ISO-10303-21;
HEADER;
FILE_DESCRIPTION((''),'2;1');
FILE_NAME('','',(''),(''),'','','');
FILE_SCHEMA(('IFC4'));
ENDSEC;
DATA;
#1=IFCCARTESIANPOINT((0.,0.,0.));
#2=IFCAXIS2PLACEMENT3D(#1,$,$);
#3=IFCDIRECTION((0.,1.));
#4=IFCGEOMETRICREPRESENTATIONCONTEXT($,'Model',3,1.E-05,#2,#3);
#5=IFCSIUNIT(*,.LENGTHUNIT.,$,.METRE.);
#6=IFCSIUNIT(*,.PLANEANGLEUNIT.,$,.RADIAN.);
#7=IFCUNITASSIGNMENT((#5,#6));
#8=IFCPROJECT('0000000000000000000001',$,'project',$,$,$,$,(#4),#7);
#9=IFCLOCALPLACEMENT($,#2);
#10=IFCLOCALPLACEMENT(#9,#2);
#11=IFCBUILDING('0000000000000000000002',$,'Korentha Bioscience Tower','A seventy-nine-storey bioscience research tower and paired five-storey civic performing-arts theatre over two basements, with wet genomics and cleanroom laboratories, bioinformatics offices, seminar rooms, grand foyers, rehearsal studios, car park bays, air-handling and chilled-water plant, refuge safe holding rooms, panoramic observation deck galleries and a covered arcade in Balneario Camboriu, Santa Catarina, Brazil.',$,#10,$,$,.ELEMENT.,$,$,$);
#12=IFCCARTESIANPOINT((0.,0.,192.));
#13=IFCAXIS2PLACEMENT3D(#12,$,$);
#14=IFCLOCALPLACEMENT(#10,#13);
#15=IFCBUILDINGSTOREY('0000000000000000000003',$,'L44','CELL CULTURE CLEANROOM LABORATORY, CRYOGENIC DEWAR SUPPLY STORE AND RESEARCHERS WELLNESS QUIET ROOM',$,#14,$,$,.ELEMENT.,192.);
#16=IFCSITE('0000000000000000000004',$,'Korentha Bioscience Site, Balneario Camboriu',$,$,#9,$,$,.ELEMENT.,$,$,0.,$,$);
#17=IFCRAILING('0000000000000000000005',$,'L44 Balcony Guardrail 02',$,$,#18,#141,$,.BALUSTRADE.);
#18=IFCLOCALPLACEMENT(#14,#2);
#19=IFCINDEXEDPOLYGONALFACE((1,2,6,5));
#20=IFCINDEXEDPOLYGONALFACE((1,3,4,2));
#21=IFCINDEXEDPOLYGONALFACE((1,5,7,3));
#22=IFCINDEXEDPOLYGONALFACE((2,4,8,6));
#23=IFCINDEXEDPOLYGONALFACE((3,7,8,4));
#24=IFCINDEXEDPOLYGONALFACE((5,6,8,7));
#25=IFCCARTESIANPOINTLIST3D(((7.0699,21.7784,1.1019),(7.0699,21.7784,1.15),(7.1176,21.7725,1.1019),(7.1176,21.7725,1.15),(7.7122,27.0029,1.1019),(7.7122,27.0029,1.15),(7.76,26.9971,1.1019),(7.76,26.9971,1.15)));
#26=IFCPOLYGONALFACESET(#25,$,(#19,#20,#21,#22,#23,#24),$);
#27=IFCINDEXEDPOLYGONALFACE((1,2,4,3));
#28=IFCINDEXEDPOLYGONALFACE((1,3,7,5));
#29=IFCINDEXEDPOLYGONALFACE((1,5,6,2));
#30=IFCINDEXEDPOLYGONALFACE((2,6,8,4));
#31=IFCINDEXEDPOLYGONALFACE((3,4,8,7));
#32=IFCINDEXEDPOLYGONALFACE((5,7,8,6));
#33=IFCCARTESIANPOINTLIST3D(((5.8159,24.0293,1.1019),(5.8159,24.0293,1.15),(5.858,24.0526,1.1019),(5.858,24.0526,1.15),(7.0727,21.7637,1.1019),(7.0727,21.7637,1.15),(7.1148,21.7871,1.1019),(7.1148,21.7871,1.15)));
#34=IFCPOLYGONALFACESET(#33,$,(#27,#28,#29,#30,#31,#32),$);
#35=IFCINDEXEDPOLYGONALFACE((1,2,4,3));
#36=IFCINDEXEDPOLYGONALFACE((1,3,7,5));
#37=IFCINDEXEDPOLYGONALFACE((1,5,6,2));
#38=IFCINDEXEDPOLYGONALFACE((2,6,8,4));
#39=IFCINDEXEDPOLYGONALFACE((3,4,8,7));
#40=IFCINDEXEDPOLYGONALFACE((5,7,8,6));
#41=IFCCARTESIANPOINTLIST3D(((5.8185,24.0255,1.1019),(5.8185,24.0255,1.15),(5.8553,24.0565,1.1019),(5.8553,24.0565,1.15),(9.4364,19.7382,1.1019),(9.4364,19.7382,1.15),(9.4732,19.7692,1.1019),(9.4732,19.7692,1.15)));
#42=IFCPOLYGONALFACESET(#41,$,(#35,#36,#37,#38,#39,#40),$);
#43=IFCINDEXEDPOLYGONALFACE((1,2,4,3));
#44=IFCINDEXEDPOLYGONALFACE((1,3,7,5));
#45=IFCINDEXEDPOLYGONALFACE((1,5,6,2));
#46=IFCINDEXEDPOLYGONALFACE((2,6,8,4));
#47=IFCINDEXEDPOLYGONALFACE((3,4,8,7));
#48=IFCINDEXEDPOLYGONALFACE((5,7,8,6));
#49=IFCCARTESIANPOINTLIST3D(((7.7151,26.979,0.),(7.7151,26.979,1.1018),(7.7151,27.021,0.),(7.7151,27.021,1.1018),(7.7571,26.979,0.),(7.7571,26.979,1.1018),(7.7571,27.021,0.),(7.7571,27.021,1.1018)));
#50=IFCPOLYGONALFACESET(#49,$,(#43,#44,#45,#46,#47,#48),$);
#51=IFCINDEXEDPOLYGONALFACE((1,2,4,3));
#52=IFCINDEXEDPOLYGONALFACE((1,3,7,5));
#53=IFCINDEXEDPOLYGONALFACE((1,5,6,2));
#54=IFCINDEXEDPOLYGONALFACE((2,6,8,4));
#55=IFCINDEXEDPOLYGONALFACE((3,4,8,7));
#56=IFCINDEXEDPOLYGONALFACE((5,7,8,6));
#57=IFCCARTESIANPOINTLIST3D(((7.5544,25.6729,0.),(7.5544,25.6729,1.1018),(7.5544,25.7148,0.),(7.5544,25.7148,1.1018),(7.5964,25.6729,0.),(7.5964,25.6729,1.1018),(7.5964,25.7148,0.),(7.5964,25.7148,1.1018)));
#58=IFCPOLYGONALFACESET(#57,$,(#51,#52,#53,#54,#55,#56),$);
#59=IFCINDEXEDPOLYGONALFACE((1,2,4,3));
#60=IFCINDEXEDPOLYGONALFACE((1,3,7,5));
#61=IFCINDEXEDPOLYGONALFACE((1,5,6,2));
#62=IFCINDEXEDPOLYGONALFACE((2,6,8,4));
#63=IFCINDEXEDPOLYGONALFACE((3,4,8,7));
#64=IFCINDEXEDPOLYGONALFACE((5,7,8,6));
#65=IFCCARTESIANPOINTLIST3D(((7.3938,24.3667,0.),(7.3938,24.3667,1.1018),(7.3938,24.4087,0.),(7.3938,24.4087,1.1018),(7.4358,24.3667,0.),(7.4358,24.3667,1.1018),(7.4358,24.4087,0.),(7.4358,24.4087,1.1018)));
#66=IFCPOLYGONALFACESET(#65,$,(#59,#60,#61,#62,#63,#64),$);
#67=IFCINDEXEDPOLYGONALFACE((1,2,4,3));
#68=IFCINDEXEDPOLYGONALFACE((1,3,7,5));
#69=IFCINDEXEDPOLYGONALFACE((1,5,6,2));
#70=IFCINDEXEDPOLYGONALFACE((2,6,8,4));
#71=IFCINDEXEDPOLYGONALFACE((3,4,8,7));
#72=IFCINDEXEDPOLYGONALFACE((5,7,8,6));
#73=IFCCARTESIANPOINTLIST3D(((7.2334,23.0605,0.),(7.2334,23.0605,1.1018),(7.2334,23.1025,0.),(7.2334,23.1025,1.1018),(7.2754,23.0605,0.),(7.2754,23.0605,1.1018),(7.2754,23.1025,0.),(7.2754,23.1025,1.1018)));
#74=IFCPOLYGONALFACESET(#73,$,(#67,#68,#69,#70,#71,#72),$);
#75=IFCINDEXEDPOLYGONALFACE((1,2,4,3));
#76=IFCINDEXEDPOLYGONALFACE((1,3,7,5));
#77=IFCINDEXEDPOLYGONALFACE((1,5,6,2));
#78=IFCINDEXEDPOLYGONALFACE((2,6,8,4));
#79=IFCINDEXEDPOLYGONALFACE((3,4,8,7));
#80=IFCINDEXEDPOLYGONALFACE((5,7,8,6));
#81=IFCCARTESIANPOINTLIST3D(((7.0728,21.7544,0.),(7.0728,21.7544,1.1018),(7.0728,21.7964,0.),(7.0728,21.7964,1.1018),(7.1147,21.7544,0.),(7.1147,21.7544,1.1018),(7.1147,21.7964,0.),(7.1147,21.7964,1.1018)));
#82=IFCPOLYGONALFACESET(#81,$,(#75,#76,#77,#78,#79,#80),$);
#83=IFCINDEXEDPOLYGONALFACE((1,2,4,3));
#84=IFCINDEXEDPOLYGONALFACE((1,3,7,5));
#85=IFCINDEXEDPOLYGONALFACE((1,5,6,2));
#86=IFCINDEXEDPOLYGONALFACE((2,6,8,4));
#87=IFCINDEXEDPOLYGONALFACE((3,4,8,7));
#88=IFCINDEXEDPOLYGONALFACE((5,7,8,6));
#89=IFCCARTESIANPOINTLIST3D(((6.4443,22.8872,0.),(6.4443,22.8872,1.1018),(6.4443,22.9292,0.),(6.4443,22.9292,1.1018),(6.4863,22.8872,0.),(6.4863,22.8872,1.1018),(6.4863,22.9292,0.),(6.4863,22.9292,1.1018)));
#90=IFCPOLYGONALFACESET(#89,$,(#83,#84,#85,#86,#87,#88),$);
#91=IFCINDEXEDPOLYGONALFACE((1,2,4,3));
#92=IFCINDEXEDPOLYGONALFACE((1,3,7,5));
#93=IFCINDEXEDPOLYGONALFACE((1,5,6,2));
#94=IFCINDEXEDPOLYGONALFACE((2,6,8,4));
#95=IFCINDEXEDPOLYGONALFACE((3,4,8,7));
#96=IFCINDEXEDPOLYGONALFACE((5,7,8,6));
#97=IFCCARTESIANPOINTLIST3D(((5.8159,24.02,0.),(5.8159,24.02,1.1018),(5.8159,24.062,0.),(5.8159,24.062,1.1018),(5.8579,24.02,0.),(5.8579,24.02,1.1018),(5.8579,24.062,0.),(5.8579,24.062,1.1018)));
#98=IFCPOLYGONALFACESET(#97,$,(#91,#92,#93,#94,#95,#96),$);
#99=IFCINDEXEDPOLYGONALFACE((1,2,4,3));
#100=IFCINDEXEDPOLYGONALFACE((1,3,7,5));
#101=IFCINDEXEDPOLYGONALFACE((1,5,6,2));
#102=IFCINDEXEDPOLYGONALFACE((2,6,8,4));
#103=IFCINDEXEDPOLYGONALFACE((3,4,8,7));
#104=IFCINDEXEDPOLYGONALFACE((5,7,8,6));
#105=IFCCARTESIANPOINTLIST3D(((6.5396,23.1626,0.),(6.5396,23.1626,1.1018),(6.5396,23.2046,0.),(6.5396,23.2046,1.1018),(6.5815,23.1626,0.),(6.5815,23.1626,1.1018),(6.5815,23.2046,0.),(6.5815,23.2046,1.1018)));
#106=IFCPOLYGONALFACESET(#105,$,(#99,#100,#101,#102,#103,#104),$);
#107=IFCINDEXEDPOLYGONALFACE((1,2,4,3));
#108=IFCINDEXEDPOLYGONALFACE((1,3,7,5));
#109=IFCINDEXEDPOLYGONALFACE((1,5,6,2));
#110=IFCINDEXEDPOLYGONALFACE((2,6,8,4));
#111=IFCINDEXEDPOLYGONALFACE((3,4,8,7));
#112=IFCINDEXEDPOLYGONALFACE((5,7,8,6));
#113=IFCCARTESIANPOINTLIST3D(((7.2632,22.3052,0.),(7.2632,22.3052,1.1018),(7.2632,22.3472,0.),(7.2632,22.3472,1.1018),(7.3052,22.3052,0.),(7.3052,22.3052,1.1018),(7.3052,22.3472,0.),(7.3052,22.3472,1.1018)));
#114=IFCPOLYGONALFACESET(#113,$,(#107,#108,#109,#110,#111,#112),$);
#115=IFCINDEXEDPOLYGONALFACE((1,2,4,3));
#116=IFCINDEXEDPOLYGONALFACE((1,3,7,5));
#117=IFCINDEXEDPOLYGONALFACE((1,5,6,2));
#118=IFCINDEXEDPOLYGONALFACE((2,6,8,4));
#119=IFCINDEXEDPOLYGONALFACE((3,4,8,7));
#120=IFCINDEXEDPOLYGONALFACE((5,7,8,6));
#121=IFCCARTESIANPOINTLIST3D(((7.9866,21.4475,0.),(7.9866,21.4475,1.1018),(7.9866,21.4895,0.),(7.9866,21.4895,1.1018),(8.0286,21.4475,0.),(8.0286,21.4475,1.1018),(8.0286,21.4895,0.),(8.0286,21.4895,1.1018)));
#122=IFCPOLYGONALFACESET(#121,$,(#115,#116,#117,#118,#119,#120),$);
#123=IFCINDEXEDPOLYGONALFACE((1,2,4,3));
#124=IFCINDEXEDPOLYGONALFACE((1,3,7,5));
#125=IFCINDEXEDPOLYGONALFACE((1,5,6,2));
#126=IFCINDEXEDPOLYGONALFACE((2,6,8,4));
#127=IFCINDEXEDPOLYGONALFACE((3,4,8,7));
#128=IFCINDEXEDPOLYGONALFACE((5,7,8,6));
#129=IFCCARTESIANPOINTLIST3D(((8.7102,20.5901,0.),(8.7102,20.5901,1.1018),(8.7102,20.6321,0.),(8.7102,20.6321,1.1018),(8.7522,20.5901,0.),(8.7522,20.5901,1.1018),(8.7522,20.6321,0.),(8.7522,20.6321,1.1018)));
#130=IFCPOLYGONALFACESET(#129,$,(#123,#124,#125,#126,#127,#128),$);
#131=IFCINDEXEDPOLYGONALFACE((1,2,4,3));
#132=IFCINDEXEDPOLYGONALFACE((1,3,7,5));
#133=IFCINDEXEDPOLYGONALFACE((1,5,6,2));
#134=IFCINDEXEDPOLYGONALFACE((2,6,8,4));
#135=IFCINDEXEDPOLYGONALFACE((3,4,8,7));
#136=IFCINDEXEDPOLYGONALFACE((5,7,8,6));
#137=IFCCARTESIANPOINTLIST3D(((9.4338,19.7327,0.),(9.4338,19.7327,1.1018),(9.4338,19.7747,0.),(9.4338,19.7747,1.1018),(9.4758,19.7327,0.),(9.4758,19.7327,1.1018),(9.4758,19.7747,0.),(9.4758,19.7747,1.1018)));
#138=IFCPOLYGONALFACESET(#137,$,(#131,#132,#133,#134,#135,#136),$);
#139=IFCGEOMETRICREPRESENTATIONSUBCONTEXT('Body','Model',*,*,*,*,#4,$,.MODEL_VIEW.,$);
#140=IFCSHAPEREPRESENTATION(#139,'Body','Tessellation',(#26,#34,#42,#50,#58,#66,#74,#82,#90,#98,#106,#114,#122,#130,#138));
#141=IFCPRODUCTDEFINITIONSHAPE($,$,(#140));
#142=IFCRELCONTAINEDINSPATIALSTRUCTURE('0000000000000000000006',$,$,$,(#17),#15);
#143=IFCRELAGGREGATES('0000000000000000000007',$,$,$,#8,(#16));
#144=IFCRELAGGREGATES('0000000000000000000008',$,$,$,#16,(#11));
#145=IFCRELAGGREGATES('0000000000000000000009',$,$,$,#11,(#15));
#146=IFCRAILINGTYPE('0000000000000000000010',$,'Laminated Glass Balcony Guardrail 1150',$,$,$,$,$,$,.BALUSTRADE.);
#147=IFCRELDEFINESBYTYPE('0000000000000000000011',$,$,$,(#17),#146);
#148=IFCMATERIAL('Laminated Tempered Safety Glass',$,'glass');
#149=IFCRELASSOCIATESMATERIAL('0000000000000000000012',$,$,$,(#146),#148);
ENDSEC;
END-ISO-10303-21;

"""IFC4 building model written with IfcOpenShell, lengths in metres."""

from ifc_helpers import new_model, si_unit, direction, frame, origin, origin_2d, place, context, subcontext, project, spatial, rectangle, extrude, material, type_object, element, save


model = new_model("IFC4")

# Units and contexts
model_context = context("Model", 3, precision=1e-05, world=origin(), true_north=direction((0.0, 1.0)))
body_context = subcontext(model_context, "Body", "Model", "MODEL_VIEW")
ifc_project = project(units=[si_unit("LENGTHUNIT", "METRE"), si_unit("PLANEANGLEUNIT", "RADIAN")], contexts=[model_context])

# Site, building, storey
site_placement = place(None, origin())
site = spatial("IfcSite", under=ifc_project, at=site_placement, Name="Korentha Bioscience Site, Balneario Camboriu", CompositionType="ELEMENT", RefElevation=0.0)
building_placement = place(site_placement, origin())
building = spatial("IfcBuilding", under=site, at=building_placement, Name="Korentha Bioscience Tower", Description="A seventy-nine-storey bioscience research tower and paired five-storey civic performing-arts theatre over two basements, with wet genomics and cleanroom laboratories, bioinformatics offices, seminar rooms, grand foyers, rehearsal studios, car park bays, air-handling and chilled-water plant, refuge safe holding rooms, panoramic observation deck galleries and a covered arcade in Balneario Camboriu, Santa Catarina, Brazil.", CompositionType="ELEMENT")
storey_placement = place(building_placement, frame((0.0, 0.0, 192.0)))
storey = spatial("IfcBuildingStorey", under=building, at=storey_placement, Name="L44", Description="CELL CULTURE CLEANROOM LABORATORY, CRYOGENIC DEWAR SUPPLY STORE AND RESEARCHERS WELLNESS QUIET ROOM", CompositionType="ELEMENT", Elevation=192.0)

# Railing
ifc_material_1 = material(Name="Laminated Tempered Safety Glass", Category="glass")
railing_type = type_object("IfcRailingType", Name="Laminated Glass Balcony Guardrail 1150", PredefinedType="BALUSTRADE", material=ifc_material_1)
railing_placement = place(storey_placement, frame((7.7361, 27.0, 0.0)))
element("IfcRailing", 1, at=railing_placement, inside=storey, type_object=railing_type, Name="L44 Balcony Guardrail 02", PredefinedType="BALUSTRADE", context=body_context, shape_type="SweptSolid", body=[
    extrude(rectangle(XDim=0.0481, YDim=0.0481, at=origin_2d()), frame((0.0, 0.0, 1.126), z_axis=(-0.122025, -0.992527, 0.0), x_axis=(0.992527, -0.122025, 0.0)), (0.0, 0.0, 1.0), 5.2639),
    extrude(rectangle(XDim=0.0481, YDim=0.0481, at=origin_2d()), frame((-0.6423, -5.2246, 1.126), z_axis=(-0.485099, 0.874459, 0.0), x_axis=(-0.874459, -0.485099, 0.0)), (0.0, 0.0, 1.0), 2.5908),
    extrude(rectangle(XDim=0.0481, YDim=0.0481, at=origin_2d()), frame((-1.8992, -2.959, 1.126), z_axis=(0.644919, -0.764251, 0.0), x_axis=(0.764251, 0.644919, 0.0)), (0.0, 0.0, 1.0), 5.6099),
    extrude(rectangle(XDim=0.042, YDim=0.042, at=origin_2d()), origin(), (0.0, 0.0, 1.0), 1.1018),
    extrude(rectangle(XDim=0.042, YDim=0.042, at=origin_2d()), frame((-0.1606, -1.3062, 0.0)), (0.0, 0.0, 1.0), 1.1018),
    extrude(rectangle(XDim=0.042, YDim=0.042, at=origin_2d()), frame((-0.3213, -2.6123, 0.0)), (0.0, 0.0, 1.0), 1.1018),
    extrude(rectangle(XDim=0.042, YDim=0.042, at=origin_2d()), frame((-0.4817, -3.9185, 0.0)), (0.0, 0.0, 1.0), 1.1018),
    extrude(rectangle(XDim=0.042, YDim=0.042, at=origin_2d()), frame((-0.6423, -5.2246, 0.0)), (0.0, 0.0, 1.0), 1.1018),
    extrude(rectangle(XDim=0.042, YDim=0.042, at=origin_2d()), frame((-1.2708, -4.0918, 0.0)), (0.0, 0.0, 1.0), 1.1018),
    extrude(rectangle(XDim=0.042, YDim=0.042, at=origin_2d()), frame((-1.8992, -2.959, 0.0)), (0.0, 0.0, 1.0), 1.1018),
    extrude(rectangle(XDim=0.042, YDim=0.042, at=origin_2d()), frame((-1.1755, -3.8164, 0.0)), (0.0, 0.0, 1.0), 1.1018),
    extrude(rectangle(XDim=0.042, YDim=0.042, at=origin_2d()), frame((-0.4519, -4.6738, 0.0)), (0.0, 0.0, 1.0), 1.1018),
    extrude(rectangle(XDim=0.042, YDim=0.042, at=origin_2d()), frame((0.2715, -5.5315, 0.0)), (0.0, 0.0, 1.0), 1.1018),
    extrude(rectangle(XDim=0.042, YDim=0.042, at=origin_2d()), frame((0.9951, -6.3889, 0.0)), (0.0, 0.0, 1.0), 1.1018),
    extrude(rectangle(XDim=0.042, YDim=0.042, at=origin_2d()), frame((1.7188, -7.2463, 0.0)), (0.0, 0.0, 1.0), 1.1018),
])

save(model, "model.ifc")
